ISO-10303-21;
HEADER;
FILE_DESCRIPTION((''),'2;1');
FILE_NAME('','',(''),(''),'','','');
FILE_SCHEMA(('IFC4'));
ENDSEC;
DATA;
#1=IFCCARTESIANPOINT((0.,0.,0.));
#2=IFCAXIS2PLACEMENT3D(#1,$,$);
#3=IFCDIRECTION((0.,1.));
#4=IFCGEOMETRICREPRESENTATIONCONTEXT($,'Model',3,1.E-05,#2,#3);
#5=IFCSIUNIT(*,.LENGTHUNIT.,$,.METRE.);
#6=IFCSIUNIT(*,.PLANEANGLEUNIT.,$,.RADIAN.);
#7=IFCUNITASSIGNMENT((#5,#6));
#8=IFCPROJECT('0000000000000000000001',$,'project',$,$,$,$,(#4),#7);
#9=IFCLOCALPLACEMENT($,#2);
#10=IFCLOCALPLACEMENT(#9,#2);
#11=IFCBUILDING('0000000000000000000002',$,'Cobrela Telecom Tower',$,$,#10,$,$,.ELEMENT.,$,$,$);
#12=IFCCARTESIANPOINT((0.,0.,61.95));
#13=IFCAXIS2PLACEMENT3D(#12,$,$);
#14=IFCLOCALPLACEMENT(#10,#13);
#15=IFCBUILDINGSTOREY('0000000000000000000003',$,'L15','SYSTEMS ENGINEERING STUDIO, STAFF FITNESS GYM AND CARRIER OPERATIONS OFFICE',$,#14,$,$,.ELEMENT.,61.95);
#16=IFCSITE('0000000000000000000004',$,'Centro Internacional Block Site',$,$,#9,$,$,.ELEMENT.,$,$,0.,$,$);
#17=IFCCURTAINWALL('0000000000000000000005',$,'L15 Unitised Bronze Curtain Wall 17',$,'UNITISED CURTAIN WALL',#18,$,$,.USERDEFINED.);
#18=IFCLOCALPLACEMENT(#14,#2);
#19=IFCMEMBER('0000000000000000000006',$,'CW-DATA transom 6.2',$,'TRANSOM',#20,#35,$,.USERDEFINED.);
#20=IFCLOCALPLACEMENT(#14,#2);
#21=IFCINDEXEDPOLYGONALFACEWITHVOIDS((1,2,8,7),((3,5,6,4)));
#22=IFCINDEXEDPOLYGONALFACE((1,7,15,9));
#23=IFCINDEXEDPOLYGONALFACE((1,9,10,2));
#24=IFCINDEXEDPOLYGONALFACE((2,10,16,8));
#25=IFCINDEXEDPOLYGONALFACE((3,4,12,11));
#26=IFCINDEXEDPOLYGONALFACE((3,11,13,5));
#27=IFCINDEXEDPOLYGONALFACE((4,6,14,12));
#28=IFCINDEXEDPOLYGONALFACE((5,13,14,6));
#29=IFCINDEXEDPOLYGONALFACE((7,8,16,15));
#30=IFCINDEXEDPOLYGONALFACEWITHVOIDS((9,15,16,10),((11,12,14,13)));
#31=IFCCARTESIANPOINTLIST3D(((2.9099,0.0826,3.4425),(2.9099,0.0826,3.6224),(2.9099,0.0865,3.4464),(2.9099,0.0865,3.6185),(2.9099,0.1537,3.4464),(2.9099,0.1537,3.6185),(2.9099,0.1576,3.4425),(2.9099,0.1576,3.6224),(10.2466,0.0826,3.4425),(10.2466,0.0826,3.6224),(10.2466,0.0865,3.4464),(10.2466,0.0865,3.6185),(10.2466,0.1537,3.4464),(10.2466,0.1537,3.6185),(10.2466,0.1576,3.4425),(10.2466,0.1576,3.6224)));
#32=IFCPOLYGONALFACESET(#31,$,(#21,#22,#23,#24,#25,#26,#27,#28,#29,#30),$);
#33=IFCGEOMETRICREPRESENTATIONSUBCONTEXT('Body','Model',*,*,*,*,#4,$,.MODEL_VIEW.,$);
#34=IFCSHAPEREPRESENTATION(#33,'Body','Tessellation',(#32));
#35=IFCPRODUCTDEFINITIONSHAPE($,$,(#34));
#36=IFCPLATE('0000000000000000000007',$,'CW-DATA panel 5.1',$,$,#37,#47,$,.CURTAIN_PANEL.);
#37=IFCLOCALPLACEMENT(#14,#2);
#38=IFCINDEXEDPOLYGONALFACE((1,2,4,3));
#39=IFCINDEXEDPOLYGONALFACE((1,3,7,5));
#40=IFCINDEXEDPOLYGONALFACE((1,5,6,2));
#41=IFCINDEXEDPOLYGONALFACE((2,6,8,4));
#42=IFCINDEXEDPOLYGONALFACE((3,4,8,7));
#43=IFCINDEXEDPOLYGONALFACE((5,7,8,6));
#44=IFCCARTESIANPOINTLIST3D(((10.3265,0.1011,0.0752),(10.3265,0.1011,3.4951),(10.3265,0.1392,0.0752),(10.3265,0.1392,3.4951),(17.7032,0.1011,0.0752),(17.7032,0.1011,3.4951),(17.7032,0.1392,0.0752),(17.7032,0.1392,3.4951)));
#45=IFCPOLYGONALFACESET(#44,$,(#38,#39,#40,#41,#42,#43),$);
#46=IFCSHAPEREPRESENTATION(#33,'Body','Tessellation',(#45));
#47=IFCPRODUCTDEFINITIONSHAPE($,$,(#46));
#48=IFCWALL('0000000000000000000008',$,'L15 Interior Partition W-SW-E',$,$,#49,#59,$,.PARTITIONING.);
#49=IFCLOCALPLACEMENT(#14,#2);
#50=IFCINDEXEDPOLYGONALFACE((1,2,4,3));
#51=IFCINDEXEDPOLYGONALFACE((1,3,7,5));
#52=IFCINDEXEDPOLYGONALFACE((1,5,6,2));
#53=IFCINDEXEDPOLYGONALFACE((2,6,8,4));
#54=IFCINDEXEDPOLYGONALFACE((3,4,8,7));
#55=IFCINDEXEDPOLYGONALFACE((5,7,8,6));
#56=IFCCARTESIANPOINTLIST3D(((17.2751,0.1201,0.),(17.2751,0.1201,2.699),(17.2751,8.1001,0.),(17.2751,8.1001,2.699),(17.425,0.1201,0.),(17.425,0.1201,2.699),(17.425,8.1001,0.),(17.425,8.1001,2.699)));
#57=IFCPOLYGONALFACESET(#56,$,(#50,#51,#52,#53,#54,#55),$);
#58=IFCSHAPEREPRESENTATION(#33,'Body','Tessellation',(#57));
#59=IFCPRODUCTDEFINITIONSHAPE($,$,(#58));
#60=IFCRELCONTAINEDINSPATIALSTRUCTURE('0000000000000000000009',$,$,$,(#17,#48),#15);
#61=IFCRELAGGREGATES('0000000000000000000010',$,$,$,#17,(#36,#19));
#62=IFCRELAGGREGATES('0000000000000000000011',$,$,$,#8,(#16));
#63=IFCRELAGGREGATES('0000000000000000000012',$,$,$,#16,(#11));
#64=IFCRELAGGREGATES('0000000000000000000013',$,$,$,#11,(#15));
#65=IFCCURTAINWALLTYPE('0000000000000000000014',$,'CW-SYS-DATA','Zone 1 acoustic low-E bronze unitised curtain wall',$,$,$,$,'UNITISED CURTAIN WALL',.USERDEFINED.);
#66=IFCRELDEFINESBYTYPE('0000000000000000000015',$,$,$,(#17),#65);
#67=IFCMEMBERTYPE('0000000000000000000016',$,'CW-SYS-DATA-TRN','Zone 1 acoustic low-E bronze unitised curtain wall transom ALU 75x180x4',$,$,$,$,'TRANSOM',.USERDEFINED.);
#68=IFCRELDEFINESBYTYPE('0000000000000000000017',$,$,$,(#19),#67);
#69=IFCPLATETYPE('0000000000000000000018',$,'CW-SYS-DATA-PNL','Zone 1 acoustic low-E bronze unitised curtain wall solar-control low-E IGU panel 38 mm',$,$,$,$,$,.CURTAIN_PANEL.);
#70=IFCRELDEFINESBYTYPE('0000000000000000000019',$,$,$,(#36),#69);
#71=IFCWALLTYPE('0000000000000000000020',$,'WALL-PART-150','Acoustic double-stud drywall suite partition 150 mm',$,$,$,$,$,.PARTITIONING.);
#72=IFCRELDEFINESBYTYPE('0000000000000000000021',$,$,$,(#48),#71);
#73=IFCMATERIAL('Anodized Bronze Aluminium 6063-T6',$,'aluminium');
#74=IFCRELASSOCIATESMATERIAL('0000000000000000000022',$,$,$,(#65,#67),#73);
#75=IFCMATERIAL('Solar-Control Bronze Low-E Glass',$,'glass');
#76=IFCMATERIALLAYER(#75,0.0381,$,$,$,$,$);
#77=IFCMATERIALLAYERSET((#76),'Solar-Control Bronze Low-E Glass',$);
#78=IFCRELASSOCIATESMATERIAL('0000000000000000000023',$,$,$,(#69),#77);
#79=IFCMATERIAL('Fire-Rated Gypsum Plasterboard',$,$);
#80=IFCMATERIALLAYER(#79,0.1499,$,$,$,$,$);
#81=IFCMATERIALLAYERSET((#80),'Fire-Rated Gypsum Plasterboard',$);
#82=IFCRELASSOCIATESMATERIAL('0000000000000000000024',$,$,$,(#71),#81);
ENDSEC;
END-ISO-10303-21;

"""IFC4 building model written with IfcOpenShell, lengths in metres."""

from ifc_helpers import new_model, si_unit, direction, frame, frame_2d, origin, origin_2d, place, context, subcontext, project, spatial, rectangle, hollow_rectangle, extrude, material, layer, layer_set, material_profile, profile_set, type_object, element, aggregate, save


model = new_model("IFC4")

# Units and contexts
model_context = context("Model", 3, precision=1e-05, world=origin(), true_north=direction((0.0, 1.0)))
body_context = subcontext(model_context, "Body", "Model", "MODEL_VIEW")
ifc_project = project(units=[si_unit("LENGTHUNIT", "METRE"), si_unit("PLANEANGLEUNIT", "RADIAN")], contexts=[model_context])

# Site, building, storey
site_placement = place(None, origin())
site = spatial("IfcSite", under=ifc_project, at=site_placement, Name="Centro Internacional Block Site", CompositionType="ELEMENT", RefElevation=0.0)
building_placement = place(site_placement, origin())
building = spatial("IfcBuilding", under=site, at=building_placement, Name="Cobrela Telecom Tower", CompositionType="ELEMENT")
storey_placement = place(building_placement, frame((0.0, 0.0, 61.95)))
storey = spatial("IfcBuildingStorey", under=building, at=storey_placement, Name="L15", Description="SYSTEMS ENGINEERING STUDIO, STAFF FITNESS GYM AND CARRIER OPERATIONS OFFICE", CompositionType="ELEMENT", Elevation=61.95)

# Curtain wall, member, plate
ifc_material_1 = material(Name="Anodized Bronze Aluminium 6063-T6", Category="aluminium")
curtain_wall_type = type_object("IfcCurtainWallType", Name="CW-SYS-DATA", Description="Zone 1 acoustic low-E bronze unitised curtain wall", ElementType="UNITISED CURTAIN WALL", PredefinedType="USERDEFINED", material=ifc_material_1)
curtain_wall_placement = place(storey_placement, origin())
curtain_wall = element("IfcCurtainWall", 1, at=curtain_wall_placement, inside=storey, type_object=curtain_wall_type, Name="L15 Unitised Bronze Curtain Wall 17", ObjectType="UNITISED CURTAIN WALL", PredefinedType="USERDEFINED")
ifc_material_profile_1 = material_profile(ifc_material_1, hollow_rectangle(XDim=0.075, YDim=0.1799, WallThickness=0.0039, at=origin_2d()), Name="ALU 75x180x4")
ifc_profile_set_1 = profile_set([ifc_material_profile_1], Name="Anodized Bronze Aluminium 6063-T6")
member_type_1 = type_object("IfcMemberType", Name="CW-SYS-DATA-TRN", Description="Zone 1 acoustic low-E bronze unitised curtain wall transom ALU 75x180x4", ElementType="TRANSOM", PredefinedType="USERDEFINED", material=ifc_profile_set_1)
member_1_placement = place(storey_placement, frame((10.2466, 0.1201, 3.5325), z_axis=(-1.0, 0.0, 0.0), x_axis=(0.0, -1.0, 0.0)))
member_1 = element("IfcMember", 2, at=member_1_placement, type_object=member_type_1, Name="CW-DATA transom 6.2", ObjectType="TRANSOM", PredefinedType="USERDEFINED", context=body_context, shape_type="SweptSolid", body=[
    extrude(hollow_rectangle(XDim=0.075, YDim=0.1799, WallThickness=0.0039, at=origin_2d()), origin(), (0.0, 0.0, 1.0), 7.3367),
])
ifc_material_2 = material(Name="Solar-Control Bronze Low-E Glass", Category="glass")
ifc_layer_1 = layer(ifc_material_2, 0.0381)
ifc_layer_set_1 = layer_set([ifc_layer_1], Name="Solar-Control Bronze Low-E Glass")
plate_type = type_object("IfcPlateType", Name="CW-SYS-DATA-PNL", Description="Zone 1 acoustic low-E bronze unitised curtain wall solar-control low-E IGU panel 38 mm", PredefinedType="CURTAIN_PANEL", material=ifc_layer_set_1)
plate_placement = place(storey_placement, frame((14.0149, 0.1201, 0.0752), z_axis=(0.0, 0.0, 1.0), x_axis=(-1.0, 0.0, 0.0)))
plate = element("IfcPlate", 3, at=plate_placement, type_object=plate_type, Name="CW-DATA panel 5.1", PredefinedType="CURTAIN_PANEL", context=body_context, shape_type="SweptSolid", body=[
    extrude(rectangle(XDim=7.3767, YDim=0.0381, at=origin_2d()), origin(), (0.0, 0.0, 1.0), 3.4199),
])
aggregate(curtain_wall, [plate, member_1])

# Wall
ifc_material_3 = material(Name="Fire-Rated Gypsum Plasterboard")
ifc_layer_2 = layer(ifc_material_3, 0.1499)
ifc_layer_set_2 = layer_set([ifc_layer_2], Name="Fire-Rated Gypsum Plasterboard")
wall_type = type_object("IfcWallType", Name="WALL-PART-150", Description="Acoustic double-stud drywall suite partition 150 mm", PredefinedType="PARTITIONING", material=ifc_layer_set_2)
wall_placement = place(storey_placement, frame((17.3501, 0.1201, 0.0), z_axis=(0.0, 0.0, 1.0), x_axis=(0.0, 1.0, 0.0)))
element("IfcWall", 4, at=wall_placement, inside=storey, type_object=wall_type, Name="L15 Interior Partition W-SW-E", PredefinedType="PARTITIONING", context=body_context, shape_type="SweptSolid", body=[
    extrude(rectangle(XDim=7.98, YDim=0.1499, at=frame_2d((3.99, 0.0))), origin(), (0.0, 0.0, 1.0), 2.699),
])

save(model, "model.ifc")
